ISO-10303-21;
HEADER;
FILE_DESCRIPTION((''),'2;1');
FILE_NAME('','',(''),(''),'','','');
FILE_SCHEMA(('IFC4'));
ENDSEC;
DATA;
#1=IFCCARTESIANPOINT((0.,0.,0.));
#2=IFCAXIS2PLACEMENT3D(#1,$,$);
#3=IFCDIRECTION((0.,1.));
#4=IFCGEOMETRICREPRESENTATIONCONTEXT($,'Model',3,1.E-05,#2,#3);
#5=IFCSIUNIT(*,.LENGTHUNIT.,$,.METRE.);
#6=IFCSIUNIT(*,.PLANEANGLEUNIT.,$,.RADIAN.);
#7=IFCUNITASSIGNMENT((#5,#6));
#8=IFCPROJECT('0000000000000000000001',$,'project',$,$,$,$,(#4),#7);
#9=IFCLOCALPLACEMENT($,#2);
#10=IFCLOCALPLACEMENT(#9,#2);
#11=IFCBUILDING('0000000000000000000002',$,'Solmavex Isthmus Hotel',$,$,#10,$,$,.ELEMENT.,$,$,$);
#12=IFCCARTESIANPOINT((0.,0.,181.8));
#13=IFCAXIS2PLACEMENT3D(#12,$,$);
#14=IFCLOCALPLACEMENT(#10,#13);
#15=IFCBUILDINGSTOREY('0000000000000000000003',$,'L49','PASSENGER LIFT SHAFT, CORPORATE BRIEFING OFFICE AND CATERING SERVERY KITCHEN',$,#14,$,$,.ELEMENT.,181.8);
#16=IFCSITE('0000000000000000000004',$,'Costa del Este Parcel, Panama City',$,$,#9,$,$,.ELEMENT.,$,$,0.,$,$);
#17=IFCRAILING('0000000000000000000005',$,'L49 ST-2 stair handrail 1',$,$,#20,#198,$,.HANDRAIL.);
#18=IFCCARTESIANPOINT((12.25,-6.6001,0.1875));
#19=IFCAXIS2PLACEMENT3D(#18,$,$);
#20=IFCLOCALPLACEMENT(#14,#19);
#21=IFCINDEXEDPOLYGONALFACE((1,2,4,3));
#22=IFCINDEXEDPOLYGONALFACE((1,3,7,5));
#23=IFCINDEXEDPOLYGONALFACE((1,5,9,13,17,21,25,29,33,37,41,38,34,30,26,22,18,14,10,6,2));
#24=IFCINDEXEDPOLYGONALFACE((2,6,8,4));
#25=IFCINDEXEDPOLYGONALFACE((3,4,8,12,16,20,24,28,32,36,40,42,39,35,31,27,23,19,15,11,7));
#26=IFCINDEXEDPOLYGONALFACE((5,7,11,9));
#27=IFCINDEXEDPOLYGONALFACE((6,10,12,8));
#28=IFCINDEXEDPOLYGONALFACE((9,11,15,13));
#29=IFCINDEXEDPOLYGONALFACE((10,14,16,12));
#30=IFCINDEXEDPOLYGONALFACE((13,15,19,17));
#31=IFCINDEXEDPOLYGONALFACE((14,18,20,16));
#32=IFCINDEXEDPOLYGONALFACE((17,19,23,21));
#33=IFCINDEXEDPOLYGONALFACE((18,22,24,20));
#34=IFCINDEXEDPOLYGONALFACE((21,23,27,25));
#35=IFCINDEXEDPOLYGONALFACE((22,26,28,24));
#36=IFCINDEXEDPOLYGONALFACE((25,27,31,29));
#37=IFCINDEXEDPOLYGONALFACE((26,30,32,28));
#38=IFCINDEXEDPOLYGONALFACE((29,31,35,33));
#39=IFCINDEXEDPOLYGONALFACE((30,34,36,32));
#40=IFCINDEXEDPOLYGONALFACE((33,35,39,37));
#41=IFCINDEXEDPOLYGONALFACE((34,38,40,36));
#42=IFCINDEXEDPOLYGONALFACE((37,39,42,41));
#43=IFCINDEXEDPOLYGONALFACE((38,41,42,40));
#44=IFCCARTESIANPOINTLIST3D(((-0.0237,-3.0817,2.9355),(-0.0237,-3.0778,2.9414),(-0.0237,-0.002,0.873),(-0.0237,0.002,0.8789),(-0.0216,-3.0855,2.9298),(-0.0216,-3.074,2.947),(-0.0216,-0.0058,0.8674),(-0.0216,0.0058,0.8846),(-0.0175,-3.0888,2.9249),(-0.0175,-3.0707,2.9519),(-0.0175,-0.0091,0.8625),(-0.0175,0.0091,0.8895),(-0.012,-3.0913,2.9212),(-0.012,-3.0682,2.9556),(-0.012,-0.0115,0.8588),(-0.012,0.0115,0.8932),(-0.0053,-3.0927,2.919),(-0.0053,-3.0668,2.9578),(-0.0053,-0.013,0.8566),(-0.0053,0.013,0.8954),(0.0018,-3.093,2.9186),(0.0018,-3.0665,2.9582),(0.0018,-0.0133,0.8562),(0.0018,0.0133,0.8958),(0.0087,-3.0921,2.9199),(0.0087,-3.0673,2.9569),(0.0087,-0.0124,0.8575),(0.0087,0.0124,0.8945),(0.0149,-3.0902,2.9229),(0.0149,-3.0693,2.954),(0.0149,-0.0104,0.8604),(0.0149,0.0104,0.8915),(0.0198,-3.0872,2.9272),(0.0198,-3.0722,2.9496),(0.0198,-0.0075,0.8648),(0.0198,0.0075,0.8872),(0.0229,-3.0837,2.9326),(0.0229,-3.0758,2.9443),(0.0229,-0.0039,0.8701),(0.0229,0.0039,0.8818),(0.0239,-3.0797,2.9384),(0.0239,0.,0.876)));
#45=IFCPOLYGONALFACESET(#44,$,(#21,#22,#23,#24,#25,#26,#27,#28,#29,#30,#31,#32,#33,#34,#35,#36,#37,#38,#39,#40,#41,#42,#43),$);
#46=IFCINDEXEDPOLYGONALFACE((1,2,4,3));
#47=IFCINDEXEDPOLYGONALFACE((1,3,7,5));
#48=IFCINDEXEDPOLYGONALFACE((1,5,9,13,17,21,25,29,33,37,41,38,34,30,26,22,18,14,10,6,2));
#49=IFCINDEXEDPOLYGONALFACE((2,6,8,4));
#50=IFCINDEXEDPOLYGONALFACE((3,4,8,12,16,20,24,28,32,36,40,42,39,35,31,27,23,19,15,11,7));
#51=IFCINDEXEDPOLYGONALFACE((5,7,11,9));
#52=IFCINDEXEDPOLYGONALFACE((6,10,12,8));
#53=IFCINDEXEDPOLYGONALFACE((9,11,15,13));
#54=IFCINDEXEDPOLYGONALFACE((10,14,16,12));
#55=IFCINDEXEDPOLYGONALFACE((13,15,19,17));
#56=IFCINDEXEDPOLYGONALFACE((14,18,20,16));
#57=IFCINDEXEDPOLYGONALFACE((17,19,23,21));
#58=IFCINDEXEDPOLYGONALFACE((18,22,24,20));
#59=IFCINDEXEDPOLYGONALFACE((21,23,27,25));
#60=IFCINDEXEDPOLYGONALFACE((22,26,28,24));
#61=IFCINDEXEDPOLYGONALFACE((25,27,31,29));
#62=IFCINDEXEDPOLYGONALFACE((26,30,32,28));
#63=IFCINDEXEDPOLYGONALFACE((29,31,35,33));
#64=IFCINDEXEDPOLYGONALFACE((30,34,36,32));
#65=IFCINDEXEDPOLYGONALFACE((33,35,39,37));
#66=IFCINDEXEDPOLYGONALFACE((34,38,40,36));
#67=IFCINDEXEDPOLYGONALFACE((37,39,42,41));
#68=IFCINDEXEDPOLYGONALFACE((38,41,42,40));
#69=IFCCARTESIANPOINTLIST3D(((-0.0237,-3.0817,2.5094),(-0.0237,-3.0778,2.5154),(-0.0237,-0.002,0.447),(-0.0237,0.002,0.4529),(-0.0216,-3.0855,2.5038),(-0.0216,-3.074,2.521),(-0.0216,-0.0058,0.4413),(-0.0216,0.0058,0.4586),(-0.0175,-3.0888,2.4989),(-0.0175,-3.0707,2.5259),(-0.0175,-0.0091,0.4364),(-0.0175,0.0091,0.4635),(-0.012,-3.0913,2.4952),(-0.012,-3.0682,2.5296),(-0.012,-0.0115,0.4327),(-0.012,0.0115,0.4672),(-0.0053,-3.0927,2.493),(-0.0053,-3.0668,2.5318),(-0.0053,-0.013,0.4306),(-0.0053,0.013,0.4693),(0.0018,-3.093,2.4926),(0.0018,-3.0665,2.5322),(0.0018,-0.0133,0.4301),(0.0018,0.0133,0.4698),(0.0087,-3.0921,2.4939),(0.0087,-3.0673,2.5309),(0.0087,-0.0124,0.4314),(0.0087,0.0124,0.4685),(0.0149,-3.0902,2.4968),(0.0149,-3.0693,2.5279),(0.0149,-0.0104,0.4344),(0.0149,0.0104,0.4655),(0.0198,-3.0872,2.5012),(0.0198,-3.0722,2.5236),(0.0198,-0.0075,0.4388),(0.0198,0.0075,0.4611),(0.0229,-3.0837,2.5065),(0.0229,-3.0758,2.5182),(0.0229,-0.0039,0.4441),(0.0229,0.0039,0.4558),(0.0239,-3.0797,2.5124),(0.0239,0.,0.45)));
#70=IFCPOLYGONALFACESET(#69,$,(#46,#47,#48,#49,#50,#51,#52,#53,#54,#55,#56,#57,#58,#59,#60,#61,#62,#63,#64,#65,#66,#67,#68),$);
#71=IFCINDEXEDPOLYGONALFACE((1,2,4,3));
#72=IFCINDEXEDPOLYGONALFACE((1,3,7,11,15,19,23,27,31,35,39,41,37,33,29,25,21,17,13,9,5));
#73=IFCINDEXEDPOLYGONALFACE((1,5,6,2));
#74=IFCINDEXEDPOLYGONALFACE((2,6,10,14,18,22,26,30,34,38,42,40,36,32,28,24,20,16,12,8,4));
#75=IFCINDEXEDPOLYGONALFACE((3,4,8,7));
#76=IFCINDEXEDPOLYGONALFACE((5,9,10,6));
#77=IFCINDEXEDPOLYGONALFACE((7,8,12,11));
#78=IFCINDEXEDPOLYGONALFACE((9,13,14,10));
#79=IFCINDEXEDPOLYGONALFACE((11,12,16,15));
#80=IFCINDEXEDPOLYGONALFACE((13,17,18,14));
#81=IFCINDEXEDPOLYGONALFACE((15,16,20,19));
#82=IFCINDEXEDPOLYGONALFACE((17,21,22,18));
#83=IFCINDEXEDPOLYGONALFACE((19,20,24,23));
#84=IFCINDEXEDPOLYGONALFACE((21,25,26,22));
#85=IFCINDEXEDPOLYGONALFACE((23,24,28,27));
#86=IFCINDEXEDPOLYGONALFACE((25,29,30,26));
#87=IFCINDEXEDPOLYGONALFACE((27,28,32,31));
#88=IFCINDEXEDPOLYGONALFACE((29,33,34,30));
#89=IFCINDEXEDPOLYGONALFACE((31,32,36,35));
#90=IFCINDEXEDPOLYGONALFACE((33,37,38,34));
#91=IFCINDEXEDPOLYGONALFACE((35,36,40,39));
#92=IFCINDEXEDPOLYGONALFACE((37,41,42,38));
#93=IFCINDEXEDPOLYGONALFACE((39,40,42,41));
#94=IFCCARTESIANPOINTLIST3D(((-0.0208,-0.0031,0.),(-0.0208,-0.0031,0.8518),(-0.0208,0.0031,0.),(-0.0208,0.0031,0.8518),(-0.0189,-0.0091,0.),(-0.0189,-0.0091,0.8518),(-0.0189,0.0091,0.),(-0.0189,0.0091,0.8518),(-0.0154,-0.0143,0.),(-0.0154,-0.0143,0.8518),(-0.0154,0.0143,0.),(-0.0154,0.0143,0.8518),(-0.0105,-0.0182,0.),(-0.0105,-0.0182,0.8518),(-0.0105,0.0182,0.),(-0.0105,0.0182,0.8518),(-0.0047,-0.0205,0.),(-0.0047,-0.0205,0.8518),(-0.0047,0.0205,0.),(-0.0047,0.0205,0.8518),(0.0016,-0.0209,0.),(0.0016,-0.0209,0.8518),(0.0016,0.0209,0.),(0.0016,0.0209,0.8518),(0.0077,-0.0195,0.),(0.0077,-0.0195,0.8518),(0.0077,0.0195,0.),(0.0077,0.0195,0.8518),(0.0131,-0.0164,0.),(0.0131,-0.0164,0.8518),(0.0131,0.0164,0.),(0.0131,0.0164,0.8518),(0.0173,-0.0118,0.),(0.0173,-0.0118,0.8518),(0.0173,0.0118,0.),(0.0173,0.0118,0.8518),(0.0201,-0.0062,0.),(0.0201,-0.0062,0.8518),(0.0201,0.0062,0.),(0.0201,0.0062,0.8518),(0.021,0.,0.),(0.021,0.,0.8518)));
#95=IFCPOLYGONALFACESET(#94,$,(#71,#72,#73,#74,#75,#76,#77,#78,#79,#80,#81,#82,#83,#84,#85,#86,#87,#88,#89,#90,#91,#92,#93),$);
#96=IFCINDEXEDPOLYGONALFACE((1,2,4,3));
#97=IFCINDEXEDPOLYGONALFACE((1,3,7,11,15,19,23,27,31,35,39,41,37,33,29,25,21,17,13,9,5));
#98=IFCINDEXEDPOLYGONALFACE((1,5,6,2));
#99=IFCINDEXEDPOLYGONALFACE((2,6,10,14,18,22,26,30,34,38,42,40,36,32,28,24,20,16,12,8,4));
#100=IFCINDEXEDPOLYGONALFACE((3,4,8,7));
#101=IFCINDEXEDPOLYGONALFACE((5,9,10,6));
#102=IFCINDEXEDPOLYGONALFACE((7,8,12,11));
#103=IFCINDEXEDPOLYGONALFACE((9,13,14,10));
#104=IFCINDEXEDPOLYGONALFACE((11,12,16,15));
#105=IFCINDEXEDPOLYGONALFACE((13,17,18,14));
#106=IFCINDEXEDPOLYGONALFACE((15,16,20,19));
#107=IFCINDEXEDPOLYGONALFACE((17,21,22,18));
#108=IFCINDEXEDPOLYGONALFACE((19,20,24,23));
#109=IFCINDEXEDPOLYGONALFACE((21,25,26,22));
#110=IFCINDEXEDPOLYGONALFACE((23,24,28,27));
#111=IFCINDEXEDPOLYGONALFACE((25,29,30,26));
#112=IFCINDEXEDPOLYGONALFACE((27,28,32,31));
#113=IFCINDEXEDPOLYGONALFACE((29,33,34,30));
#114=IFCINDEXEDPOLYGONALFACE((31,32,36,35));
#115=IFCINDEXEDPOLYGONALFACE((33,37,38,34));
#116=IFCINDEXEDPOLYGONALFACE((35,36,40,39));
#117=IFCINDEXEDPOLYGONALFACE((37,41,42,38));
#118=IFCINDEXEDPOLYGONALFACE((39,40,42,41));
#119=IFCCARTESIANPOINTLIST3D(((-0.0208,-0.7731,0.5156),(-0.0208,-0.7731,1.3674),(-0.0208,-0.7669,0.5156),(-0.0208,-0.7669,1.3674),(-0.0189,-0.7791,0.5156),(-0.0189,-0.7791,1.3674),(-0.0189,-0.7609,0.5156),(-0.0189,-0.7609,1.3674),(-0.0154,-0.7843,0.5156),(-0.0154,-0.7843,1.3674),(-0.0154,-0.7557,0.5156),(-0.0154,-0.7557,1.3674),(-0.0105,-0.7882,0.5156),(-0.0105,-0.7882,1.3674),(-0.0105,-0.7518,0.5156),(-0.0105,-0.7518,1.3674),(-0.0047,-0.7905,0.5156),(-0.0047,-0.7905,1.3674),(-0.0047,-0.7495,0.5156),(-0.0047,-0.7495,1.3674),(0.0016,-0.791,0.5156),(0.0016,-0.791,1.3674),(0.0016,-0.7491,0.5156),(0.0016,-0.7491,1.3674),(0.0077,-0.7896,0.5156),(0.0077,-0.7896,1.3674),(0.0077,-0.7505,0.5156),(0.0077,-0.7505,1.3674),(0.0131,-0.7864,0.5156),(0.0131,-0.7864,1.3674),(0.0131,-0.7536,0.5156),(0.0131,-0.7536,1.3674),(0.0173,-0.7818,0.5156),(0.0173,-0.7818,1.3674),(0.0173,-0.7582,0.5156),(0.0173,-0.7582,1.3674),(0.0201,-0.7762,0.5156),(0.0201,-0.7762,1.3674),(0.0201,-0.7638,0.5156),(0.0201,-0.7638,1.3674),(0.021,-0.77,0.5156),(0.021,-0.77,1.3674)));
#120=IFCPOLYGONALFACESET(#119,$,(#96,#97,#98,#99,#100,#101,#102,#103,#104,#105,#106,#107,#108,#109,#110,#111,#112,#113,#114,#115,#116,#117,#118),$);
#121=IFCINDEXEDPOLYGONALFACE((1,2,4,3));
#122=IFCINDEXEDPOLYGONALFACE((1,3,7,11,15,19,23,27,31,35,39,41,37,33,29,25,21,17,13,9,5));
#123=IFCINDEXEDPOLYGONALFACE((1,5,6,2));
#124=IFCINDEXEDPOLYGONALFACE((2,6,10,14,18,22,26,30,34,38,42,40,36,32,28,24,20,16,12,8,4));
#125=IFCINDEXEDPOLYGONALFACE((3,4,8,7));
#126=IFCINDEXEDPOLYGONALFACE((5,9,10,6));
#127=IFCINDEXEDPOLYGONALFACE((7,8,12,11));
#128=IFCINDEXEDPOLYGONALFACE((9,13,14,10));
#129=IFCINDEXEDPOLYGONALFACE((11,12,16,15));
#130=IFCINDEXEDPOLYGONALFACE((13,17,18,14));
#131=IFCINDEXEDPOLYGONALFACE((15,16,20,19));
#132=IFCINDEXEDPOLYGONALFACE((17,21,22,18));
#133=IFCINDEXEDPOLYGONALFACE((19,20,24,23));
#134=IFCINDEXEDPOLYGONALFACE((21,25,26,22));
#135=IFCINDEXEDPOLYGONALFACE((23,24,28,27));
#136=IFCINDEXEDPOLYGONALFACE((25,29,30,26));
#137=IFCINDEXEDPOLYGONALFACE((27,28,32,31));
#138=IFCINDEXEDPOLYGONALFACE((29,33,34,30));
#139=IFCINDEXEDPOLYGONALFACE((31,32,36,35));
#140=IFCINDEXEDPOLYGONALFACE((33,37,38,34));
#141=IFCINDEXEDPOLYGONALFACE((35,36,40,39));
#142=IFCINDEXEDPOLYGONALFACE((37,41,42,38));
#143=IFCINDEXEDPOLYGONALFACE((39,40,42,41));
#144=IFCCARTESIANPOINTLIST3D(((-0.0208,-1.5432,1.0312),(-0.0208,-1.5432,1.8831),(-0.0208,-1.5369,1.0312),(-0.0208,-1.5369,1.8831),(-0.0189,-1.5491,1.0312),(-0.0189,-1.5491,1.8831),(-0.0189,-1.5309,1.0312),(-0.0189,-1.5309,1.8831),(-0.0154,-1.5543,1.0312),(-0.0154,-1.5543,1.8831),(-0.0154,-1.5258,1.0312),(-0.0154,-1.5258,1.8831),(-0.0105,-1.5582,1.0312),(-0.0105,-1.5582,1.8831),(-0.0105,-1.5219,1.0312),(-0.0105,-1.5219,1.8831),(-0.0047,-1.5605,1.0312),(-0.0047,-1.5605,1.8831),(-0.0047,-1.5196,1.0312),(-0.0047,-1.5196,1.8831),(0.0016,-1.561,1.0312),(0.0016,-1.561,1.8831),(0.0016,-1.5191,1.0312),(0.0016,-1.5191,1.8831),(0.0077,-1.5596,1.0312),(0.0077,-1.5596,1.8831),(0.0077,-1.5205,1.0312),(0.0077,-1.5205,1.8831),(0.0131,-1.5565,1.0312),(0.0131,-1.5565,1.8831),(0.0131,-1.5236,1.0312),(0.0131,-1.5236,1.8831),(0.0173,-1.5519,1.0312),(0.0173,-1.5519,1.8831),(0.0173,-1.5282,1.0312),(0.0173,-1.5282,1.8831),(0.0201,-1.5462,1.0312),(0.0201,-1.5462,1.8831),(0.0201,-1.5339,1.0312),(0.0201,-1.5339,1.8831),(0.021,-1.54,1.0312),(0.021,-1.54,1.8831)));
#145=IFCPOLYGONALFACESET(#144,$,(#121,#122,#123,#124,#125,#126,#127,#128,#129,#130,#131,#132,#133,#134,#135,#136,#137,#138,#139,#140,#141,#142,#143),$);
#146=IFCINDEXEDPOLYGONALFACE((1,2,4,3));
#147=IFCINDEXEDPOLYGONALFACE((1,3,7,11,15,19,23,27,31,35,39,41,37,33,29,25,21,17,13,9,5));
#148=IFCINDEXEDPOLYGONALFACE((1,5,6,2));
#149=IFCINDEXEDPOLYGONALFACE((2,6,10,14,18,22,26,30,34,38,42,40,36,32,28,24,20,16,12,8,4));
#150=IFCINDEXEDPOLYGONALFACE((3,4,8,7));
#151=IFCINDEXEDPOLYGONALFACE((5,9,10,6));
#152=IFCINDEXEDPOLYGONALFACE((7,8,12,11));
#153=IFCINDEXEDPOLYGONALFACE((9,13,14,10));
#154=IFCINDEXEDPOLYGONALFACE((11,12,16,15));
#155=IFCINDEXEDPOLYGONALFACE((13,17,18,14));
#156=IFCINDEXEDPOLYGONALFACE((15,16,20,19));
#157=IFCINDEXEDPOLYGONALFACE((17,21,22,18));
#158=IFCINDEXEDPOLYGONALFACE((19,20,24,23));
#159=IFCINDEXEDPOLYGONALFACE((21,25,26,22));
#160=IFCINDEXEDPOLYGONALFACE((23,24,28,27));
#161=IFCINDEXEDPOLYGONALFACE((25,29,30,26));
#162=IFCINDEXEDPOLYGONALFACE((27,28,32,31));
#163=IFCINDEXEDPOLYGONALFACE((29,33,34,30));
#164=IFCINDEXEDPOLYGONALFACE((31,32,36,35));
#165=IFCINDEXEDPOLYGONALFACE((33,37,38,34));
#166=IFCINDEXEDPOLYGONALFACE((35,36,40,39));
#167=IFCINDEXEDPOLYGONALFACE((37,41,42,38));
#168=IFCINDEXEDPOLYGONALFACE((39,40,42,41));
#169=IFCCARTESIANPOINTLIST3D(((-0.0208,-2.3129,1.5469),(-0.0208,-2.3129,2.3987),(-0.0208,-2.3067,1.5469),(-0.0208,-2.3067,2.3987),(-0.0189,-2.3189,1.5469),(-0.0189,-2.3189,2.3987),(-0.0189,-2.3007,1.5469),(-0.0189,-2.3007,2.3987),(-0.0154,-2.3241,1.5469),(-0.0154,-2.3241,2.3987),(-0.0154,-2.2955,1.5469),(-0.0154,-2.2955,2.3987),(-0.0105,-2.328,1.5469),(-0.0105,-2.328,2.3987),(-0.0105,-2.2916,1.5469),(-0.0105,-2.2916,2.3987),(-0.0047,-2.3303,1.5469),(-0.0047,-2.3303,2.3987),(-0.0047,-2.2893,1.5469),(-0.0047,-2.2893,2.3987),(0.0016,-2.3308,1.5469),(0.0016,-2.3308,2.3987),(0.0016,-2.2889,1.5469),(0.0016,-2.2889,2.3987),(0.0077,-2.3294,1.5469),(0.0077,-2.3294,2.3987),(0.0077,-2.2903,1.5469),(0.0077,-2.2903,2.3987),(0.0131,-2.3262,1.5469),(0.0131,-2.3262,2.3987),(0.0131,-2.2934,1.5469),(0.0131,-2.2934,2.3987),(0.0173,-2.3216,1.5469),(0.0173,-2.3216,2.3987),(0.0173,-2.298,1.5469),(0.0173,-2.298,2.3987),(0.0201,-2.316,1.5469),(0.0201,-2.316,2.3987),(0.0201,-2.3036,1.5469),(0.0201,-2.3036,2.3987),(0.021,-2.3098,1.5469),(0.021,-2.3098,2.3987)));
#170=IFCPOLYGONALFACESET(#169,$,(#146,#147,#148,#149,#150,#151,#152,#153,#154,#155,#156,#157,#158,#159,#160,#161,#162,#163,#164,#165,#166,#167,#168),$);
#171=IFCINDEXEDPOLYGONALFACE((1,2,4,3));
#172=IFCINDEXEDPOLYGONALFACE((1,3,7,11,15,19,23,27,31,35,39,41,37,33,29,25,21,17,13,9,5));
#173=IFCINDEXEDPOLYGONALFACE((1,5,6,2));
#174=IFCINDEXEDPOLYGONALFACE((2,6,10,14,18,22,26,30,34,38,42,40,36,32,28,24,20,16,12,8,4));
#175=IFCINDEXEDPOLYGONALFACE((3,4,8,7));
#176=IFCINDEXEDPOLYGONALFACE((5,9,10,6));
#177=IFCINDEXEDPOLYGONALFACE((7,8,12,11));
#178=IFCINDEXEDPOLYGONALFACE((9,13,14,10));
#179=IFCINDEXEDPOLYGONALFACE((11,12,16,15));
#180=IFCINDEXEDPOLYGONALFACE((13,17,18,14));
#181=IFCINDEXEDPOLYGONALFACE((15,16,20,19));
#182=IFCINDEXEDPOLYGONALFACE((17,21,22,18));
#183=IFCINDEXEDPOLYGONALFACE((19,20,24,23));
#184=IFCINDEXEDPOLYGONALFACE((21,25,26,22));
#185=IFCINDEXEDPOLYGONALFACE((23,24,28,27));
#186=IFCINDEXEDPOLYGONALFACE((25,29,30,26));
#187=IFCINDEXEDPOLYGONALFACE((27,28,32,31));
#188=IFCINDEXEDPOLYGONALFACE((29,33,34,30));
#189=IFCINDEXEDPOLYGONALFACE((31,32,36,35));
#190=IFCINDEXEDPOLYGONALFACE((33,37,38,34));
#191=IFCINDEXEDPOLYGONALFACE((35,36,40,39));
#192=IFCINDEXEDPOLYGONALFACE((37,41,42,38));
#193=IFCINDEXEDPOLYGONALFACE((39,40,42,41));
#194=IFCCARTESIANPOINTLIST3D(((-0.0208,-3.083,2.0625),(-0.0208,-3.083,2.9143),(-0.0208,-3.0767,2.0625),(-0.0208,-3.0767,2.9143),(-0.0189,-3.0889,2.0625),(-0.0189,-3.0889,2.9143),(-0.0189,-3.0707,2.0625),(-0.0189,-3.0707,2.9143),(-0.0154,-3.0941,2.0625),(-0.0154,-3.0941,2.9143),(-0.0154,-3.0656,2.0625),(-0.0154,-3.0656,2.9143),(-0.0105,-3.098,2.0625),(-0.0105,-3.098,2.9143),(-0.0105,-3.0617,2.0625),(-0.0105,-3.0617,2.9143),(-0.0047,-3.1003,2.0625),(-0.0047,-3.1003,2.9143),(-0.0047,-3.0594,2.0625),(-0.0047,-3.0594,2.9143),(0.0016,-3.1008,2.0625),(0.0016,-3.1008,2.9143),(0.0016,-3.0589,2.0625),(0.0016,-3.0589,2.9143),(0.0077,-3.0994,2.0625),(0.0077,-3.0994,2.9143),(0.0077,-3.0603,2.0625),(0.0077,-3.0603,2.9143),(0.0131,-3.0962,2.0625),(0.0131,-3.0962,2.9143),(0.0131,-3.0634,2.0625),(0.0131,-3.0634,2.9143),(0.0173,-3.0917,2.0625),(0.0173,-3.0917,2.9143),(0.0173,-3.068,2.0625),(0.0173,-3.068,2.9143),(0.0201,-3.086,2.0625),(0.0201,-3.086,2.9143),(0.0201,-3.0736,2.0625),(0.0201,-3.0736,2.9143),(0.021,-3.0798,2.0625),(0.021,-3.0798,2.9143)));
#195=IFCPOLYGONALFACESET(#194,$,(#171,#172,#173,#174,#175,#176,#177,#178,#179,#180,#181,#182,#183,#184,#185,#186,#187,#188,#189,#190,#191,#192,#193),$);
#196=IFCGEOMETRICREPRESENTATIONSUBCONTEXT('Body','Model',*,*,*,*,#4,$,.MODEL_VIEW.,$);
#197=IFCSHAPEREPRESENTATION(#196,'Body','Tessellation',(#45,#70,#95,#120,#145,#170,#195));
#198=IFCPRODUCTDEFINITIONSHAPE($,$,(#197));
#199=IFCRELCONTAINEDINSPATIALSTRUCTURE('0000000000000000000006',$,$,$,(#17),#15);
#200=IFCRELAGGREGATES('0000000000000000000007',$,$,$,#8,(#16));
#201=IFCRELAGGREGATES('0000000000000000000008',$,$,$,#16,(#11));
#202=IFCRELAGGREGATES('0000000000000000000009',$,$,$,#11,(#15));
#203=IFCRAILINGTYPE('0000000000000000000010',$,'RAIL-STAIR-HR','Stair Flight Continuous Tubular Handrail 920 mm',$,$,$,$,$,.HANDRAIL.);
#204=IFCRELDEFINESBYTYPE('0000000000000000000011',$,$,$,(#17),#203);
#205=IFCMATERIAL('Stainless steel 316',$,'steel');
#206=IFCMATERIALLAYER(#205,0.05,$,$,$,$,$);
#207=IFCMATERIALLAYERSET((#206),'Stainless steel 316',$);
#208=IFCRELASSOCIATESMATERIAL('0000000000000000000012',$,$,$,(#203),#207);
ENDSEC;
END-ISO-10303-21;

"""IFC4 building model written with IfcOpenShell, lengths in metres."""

from ifc_helpers import new_model, si_unit, direction, frame, origin, origin_2d, place, context, subcontext, project, spatial, circle, extrude, material, layer, layer_set, type_object, element, save


model = new_model("IFC4")

# Units and contexts
model_context = context("Model", 3, precision=1e-05, world=origin(), true_north=direction((0.0, 1.0)))
body_context = subcontext(model_context, "Body", "Model", "MODEL_VIEW")
ifc_project = project(units=[si_unit("LENGTHUNIT", "METRE"), si_unit("PLANEANGLEUNIT", "RADIAN")], contexts=[model_context])

# Site, building, storey
site_placement = place(None, origin())
site = spatial("IfcSite", under=ifc_project, at=site_placement, Name="Costa del Este Parcel, Panama City", CompositionType="ELEMENT", RefElevation=0.0)
building_placement = place(site_placement, origin())
building = spatial("IfcBuilding", under=site, at=building_placement, Name="Solmavex Isthmus Hotel", CompositionType="ELEMENT")
storey_placement = place(building_placement, frame((0.0, 0.0, 181.8)))
storey = spatial("IfcBuildingStorey", under=building, at=storey_placement, Name="L49", Description="PASSENGER LIFT SHAFT, CORPORATE BRIEFING OFFICE AND CATERING SERVERY KITCHEN", CompositionType="ELEMENT", Elevation=181.8)

# Shared definitions
ifc_material_1 = material(Name="Stainless steel 316", Category="steel")

# Railing
ifc_layer_1 = layer(ifc_material_1, 0.05)
ifc_layer_set_1 = layer_set([ifc_layer_1], Name="Stainless steel 316")
railing_type_1 = type_object("IfcRailingType", Name="RAIL-STAIR-HR", Description="Stair Flight Continuous Tubular Handrail 920 mm", PredefinedType="HANDRAIL", material=ifc_layer_set_1)
railing_1_placement = place(storey_placement, frame((12.25, -6.6001, 0.1875)))
element("IfcRailing", 1, at=railing_1_placement, inside=storey, type_object=railing_type_1, Name="L49 ST-2 stair handrail 1", PredefinedType="HANDRAIL", context=body_context, shape_type="SweptSolid", body=[
    extrude(circle(Radius=0.0239, at=origin_2d()), frame((0.0, 0.0, 0.876), z_axis=(0.0, -0.830893, 0.556432), x_axis=(1.0, 0.0, 0.0)), (0.0, 0.0, 1.0), 3.7065),
    extrude(circle(Radius=0.0239, at=origin_2d()), frame((0.0, 0.0, 0.45), z_axis=(0.0, -0.830893, 0.556432), x_axis=(1.0, 0.0, 0.0)), (0.0, 0.0, 1.0), 3.7065),
    extrude(circle(Radius=0.021, at=origin_2d()), origin(), (0.0, 0.0, 1.0), 0.8518),
    extrude(circle(Radius=0.021, at=origin_2d()), frame((0.0, -0.77, 0.5156)), (0.0, 0.0, 1.0), 0.8518),
    extrude(circle(Radius=0.021, at=origin_2d()), frame((0.0, -1.54, 1.0312)), (0.0, 0.0, 1.0), 0.8518),
    extrude(circle(Radius=0.021, at=origin_2d()), frame((0.0, -2.3098, 1.5469)), (0.0, 0.0, 1.0), 0.8518),
    extrude(circle(Radius=0.021, at=origin_2d()), frame((0.0, -3.0798, 2.0625)), (0.0, 0.0, 1.0), 0.8518),
])

save(model, "model.ifc")
